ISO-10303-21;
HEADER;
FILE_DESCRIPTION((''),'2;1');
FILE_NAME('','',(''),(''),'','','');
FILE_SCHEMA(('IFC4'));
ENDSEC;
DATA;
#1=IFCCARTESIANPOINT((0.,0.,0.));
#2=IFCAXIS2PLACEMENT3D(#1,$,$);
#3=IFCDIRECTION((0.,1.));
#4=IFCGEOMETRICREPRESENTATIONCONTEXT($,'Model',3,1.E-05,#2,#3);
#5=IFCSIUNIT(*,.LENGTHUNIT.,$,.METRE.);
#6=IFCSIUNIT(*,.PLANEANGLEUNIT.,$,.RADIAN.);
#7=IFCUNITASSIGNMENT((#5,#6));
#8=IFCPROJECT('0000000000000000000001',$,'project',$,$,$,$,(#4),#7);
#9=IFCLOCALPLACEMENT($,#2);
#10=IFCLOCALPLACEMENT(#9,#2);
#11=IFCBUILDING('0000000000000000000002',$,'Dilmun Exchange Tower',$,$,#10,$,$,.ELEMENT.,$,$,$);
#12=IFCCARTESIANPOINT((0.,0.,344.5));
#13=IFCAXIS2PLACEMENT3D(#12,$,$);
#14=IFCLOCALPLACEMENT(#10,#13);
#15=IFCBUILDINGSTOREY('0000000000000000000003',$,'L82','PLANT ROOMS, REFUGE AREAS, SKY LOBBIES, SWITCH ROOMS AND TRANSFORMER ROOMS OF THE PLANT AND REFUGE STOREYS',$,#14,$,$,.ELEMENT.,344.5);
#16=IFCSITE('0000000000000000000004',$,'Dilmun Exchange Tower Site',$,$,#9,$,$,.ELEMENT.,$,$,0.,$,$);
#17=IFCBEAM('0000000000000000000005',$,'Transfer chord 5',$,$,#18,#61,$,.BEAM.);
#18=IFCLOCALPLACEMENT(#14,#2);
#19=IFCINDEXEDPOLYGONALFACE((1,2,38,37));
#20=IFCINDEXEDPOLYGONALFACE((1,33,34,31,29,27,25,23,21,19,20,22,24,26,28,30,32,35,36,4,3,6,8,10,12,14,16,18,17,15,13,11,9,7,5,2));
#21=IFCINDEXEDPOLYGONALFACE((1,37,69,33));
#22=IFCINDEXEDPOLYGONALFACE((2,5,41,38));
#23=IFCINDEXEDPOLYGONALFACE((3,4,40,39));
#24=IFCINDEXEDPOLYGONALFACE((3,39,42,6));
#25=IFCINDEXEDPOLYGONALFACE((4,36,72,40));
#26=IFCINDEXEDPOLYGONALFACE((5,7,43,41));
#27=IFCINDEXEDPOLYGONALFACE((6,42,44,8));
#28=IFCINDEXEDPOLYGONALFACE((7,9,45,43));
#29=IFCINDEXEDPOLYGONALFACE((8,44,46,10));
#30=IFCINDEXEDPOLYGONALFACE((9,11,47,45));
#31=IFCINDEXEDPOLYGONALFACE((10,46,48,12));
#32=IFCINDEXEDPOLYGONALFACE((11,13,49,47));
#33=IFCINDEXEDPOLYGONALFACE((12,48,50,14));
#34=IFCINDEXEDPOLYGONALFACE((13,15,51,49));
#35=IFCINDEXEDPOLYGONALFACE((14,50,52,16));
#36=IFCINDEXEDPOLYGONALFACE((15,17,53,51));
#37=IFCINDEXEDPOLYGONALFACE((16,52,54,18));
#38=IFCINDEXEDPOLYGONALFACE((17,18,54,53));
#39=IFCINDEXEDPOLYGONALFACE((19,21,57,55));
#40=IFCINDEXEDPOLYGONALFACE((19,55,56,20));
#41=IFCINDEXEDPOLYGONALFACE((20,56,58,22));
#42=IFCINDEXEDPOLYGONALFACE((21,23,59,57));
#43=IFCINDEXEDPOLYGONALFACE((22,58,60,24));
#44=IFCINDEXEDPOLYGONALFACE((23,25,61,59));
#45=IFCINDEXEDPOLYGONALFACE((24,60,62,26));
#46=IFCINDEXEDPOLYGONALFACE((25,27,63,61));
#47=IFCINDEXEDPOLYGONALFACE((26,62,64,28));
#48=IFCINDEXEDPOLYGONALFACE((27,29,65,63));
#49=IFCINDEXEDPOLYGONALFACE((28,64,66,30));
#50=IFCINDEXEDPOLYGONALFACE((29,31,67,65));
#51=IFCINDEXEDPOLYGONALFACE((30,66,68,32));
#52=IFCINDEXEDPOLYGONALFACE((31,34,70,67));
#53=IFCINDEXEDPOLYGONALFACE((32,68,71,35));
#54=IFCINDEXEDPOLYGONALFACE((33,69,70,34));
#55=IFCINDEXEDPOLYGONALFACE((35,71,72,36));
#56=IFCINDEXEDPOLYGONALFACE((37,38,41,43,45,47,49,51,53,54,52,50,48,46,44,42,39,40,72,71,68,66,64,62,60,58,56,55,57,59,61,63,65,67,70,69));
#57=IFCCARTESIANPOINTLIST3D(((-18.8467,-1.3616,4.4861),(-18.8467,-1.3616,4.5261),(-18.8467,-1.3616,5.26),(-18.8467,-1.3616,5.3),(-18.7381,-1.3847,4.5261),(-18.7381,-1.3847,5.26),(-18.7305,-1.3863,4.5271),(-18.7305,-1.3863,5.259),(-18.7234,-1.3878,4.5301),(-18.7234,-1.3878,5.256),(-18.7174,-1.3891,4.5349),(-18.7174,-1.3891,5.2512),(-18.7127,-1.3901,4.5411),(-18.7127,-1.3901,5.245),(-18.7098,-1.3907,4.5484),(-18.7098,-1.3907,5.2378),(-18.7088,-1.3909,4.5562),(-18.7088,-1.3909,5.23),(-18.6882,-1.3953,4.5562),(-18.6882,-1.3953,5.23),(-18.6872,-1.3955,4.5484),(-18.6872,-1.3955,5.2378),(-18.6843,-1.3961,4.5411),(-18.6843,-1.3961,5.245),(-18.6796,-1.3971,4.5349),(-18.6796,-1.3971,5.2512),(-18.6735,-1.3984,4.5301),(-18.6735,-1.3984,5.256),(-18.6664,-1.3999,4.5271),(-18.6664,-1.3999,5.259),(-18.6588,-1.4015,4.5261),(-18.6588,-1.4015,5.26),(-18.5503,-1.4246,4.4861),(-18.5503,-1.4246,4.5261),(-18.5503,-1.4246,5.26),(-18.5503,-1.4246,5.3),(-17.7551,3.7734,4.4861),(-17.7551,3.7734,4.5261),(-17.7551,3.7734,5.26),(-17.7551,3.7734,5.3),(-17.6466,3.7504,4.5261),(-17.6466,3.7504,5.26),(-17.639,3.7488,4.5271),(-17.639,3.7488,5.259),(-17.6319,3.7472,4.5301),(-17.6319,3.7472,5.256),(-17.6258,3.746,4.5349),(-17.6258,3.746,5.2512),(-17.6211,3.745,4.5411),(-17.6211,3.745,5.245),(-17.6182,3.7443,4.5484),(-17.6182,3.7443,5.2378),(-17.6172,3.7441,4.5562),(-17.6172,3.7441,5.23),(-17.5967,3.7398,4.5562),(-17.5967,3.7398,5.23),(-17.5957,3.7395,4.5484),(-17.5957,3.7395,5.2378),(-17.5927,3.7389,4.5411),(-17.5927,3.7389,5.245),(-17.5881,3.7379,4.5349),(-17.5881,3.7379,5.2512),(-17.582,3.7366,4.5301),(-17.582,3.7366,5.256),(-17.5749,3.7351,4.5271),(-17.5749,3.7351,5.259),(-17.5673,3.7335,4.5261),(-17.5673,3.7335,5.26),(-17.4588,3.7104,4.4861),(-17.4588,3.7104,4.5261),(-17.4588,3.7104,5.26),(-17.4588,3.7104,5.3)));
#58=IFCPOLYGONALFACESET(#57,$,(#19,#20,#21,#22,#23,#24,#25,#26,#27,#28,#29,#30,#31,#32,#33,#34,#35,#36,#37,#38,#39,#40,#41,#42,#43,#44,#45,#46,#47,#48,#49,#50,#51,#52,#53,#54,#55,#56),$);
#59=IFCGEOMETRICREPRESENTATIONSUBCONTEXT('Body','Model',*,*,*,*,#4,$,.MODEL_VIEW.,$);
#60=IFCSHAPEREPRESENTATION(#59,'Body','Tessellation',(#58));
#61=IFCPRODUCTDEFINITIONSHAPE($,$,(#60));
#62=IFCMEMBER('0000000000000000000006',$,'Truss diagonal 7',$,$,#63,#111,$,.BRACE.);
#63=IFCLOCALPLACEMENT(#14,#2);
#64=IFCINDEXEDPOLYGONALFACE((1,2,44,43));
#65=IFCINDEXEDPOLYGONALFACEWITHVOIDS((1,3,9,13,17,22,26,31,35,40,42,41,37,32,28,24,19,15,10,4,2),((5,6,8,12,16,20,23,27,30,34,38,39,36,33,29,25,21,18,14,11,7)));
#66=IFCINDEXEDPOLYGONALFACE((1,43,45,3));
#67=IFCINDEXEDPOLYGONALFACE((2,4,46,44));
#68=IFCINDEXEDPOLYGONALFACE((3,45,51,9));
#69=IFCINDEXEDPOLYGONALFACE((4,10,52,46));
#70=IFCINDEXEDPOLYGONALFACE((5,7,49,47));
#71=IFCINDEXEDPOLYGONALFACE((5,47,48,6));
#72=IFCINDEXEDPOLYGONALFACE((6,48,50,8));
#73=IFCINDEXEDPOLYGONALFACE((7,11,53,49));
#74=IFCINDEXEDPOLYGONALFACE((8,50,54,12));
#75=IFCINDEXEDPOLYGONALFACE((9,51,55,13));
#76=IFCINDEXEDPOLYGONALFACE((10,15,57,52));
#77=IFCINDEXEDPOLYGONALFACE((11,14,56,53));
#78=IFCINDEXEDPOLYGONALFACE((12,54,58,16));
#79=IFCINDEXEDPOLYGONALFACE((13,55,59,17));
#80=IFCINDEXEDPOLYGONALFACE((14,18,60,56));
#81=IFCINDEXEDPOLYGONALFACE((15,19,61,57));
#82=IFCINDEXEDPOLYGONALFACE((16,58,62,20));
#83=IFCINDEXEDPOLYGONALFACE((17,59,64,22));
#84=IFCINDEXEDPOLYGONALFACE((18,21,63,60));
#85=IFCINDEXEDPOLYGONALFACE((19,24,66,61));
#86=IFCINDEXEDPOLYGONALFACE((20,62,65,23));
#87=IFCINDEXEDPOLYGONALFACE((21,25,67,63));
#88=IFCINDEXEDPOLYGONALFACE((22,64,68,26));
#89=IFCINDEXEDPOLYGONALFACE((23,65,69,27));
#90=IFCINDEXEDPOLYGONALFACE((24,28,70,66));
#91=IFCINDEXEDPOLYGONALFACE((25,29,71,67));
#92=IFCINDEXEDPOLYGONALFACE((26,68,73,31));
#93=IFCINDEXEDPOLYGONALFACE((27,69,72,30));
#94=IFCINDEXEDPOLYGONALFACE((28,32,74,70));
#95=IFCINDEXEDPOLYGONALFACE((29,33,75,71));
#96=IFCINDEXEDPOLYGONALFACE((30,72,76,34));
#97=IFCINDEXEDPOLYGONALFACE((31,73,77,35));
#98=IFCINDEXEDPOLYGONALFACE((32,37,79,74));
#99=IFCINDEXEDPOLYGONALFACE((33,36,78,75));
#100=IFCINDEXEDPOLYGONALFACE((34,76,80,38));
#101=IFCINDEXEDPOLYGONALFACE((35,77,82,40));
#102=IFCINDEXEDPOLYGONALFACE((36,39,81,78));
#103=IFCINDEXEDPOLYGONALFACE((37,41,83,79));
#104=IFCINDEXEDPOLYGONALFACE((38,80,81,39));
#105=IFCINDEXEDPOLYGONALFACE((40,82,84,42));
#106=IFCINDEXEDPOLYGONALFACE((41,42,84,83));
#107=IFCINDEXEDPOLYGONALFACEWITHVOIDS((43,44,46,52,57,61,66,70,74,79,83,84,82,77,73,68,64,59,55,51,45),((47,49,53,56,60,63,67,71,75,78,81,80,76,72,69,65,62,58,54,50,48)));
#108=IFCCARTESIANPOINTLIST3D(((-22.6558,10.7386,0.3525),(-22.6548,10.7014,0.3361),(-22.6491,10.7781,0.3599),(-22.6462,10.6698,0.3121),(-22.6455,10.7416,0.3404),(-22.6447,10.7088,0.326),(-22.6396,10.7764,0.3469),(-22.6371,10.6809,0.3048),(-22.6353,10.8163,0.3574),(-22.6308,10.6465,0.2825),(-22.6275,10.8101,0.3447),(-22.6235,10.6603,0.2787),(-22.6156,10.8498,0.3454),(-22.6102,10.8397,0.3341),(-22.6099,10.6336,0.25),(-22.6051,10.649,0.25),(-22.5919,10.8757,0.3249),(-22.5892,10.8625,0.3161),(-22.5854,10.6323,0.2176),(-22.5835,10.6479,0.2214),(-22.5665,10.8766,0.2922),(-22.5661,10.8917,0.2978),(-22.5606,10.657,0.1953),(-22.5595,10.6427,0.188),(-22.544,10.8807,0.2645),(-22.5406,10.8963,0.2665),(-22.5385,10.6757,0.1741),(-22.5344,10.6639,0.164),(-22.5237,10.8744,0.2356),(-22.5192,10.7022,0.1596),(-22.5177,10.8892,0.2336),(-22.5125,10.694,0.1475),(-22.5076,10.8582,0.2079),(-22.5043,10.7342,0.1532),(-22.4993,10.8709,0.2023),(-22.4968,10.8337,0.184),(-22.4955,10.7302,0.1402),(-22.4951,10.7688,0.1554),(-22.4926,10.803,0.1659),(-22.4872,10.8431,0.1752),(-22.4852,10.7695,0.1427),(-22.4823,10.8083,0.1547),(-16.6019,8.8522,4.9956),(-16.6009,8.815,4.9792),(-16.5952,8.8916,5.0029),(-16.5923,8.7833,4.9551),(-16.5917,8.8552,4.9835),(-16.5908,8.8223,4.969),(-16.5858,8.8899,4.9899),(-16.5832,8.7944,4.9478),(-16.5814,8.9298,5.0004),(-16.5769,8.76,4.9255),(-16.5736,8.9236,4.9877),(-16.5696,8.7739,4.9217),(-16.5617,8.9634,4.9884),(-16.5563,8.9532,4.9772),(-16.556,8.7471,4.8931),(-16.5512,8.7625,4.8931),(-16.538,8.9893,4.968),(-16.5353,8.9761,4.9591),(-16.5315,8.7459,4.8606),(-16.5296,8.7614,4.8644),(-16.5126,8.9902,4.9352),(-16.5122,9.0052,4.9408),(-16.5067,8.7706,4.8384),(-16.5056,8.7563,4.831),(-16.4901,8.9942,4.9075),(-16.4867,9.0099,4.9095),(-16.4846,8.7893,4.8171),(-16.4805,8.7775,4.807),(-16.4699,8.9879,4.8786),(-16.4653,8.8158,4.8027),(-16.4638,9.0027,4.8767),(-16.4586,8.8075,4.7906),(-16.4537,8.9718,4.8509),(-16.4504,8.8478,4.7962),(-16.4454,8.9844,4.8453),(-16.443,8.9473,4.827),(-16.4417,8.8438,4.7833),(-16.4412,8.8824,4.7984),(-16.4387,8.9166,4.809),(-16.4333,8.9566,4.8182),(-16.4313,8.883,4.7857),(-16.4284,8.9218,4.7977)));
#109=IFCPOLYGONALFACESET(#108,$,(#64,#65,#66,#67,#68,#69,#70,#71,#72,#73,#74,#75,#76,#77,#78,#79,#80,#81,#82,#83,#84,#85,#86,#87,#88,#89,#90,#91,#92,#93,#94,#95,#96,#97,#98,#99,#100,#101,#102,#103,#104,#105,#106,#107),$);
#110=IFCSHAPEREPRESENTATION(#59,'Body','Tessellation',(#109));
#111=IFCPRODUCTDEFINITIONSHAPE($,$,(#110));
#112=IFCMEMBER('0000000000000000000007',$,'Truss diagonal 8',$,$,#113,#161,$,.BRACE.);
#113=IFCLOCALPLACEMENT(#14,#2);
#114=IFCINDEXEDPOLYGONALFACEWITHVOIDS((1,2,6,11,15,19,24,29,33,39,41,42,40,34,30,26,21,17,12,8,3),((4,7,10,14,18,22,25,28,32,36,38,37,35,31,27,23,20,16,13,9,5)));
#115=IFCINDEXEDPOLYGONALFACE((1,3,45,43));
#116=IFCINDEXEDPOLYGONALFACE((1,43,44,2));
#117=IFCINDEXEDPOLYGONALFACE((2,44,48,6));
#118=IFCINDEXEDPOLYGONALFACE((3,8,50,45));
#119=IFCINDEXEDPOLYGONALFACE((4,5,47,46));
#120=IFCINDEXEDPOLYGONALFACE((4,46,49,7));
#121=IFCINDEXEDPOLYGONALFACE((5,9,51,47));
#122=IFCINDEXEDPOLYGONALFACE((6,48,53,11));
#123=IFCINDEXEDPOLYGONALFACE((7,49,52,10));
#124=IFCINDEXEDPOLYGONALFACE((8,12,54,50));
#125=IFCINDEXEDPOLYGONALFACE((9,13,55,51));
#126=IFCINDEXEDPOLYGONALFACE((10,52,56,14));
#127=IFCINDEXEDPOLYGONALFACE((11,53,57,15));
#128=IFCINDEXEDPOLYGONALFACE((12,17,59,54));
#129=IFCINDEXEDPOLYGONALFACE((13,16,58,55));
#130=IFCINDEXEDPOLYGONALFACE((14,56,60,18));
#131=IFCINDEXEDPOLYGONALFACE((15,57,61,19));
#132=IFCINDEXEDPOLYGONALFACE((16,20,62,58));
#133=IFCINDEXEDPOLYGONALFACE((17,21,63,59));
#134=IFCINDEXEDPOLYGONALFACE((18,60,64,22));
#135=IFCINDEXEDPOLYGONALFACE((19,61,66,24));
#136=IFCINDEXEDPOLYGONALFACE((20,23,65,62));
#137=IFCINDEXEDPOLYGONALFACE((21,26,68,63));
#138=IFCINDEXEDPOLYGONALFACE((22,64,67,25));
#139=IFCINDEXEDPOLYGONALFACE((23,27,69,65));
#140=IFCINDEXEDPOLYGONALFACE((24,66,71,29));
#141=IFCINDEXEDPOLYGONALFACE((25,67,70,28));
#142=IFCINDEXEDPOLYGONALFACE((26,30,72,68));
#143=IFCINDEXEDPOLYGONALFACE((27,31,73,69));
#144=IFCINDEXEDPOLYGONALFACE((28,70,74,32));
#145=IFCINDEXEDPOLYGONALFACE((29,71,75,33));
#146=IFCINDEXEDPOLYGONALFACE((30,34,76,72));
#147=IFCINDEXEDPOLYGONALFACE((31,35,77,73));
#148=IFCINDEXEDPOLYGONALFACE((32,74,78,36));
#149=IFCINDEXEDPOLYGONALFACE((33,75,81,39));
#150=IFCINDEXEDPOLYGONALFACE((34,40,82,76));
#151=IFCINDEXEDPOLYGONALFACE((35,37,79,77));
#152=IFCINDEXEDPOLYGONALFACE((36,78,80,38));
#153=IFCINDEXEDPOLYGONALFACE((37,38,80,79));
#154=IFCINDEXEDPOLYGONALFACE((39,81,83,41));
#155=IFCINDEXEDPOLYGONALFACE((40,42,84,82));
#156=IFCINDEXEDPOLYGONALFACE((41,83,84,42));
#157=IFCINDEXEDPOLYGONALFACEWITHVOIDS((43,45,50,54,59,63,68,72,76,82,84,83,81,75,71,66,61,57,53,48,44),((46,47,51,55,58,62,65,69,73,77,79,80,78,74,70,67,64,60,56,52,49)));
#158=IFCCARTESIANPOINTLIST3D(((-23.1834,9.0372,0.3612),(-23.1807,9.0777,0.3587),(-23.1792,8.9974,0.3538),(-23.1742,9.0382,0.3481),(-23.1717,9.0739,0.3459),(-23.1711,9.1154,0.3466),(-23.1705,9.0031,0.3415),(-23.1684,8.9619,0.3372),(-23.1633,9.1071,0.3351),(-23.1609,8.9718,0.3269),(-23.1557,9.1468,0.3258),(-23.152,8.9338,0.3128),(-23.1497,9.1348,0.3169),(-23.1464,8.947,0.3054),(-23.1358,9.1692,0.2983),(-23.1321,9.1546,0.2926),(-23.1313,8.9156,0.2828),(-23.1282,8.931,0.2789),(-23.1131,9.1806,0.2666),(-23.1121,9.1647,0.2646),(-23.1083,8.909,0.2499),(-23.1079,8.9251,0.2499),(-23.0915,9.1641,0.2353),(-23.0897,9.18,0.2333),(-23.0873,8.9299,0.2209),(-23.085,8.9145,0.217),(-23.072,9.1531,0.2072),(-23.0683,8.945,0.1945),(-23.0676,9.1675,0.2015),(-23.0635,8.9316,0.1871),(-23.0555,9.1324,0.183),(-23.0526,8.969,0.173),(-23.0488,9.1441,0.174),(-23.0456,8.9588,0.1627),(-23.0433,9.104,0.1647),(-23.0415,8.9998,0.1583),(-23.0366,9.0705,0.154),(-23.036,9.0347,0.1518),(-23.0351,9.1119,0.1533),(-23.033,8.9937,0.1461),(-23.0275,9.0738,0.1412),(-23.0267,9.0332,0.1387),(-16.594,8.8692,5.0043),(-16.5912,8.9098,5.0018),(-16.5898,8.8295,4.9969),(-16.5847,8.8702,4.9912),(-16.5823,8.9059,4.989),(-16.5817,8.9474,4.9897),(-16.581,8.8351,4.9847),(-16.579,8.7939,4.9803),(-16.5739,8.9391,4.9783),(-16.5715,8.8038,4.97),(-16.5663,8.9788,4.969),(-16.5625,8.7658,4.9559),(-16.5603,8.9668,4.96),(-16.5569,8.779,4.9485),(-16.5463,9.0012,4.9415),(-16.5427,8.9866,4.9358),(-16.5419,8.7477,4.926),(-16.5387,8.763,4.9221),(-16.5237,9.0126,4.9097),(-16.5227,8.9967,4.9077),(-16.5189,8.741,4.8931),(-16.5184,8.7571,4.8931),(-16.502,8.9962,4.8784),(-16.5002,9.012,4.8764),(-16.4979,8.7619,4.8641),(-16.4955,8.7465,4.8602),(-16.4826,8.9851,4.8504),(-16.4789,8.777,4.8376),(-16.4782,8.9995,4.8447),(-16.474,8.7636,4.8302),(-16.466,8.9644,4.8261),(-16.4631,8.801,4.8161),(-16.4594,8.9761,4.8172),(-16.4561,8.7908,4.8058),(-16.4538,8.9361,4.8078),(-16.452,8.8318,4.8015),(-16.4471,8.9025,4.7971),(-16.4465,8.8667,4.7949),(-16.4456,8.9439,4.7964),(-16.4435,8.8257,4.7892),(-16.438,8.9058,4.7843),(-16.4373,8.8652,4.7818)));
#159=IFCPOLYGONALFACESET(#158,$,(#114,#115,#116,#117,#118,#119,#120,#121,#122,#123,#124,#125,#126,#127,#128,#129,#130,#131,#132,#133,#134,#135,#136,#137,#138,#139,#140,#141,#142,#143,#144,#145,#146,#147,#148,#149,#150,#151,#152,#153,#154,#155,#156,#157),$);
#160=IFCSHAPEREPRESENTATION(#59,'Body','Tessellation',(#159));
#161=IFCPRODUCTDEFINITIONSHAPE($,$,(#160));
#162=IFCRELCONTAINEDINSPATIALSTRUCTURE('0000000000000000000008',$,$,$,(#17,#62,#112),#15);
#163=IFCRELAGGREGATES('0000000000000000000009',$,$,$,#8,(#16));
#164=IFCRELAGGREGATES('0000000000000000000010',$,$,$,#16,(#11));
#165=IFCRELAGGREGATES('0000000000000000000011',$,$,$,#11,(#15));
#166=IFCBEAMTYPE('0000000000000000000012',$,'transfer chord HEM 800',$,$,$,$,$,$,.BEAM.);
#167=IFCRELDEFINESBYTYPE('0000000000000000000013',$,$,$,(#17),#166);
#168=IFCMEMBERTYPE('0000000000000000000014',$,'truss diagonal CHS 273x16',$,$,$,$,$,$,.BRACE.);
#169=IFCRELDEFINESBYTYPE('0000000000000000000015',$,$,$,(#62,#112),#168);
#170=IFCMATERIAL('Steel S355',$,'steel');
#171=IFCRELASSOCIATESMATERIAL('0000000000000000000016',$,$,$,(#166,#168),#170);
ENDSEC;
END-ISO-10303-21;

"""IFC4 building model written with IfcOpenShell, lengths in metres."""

from ifc_helpers import new_model, si_unit, direction, frame, origin, origin_2d, place, context, subcontext, project, spatial, hollow_circle, i_section, extrude, material, material_profile, profile_set, type_object, element, save


model = new_model("IFC4")

# Units and contexts
model_context = context("Model", 3, precision=1e-05, world=origin(), true_north=direction((0.0, 1.0)))
body_context = subcontext(model_context, "Body", "Model", "MODEL_VIEW")
ifc_project = project(units=[si_unit("LENGTHUNIT", "METRE"), si_unit("PLANEANGLEUNIT", "RADIAN")], contexts=[model_context])

# Site, building, storey
site_placement = place(None, origin())
site = spatial("IfcSite", under=ifc_project, at=site_placement, Name="Dilmun Exchange Tower Site", CompositionType="ELEMENT", RefElevation=0.0)
building_placement = place(site_placement, origin())
building = spatial("IfcBuilding", under=site, at=building_placement, Name="Dilmun Exchange Tower", CompositionType="ELEMENT")
storey_placement = place(building_placement, frame((0.0, 0.0, 344.5)))
storey = spatial("IfcBuildingStorey", under=building, at=storey_placement, Name="L82", Description="PLANT ROOMS, REFUGE AREAS, SKY LOBBIES, SWITCH ROOMS AND TRANSFORMER ROOMS OF THE PLANT AND REFUGE STOREYS", CompositionType="ELEMENT", Elevation=344.5)

# Beam
ifc_material_1 = material(Name="Steel S355", Category="steel")
ifc_material_profile_1 = material_profile(ifc_material_1, i_section(OverallWidth=0.303, OverallDepth=0.814, WebThickness=0.021, FlangeThickness=0.04, FilletRadius=0.03, at=origin_2d()), Name="HEM 800")
ifc_profile_set_1 = profile_set([ifc_material_profile_1], Name="Steel S355")
beam_type_1 = type_object("IfcBeamType", Name="transfer chord HEM 800", PredefinedType="BEAM", material=ifc_profile_set_1)
beam_1_placement = place(storey_placement, frame((-17.6069, 3.7419, 4.8931), z_axis=(-0.207925, -0.978145, 0.0), x_axis=(0.978145, -0.207925, 0.0)))
element("IfcBeam", 1, at=beam_1_placement, inside=storey, type_object=beam_type_1, Name="Transfer chord 5", PredefinedType="BEAM", context=body_context, shape_type="SweptSolid", body=[
    extrude(i_section(OverallWidth=0.303, OverallDepth=0.814, WebThickness=0.021, FlangeThickness=0.04, FilletRadius=0.03, at=origin_2d()), origin(), (0.0, 0.0, 1.0), 5.2498),
])

# Members
ifc_material_profile_2 = material_profile(ifc_material_1, hollow_circle(Radius=0.1365, WallThickness=0.0161, at=origin_2d()), Name="CHS 273x16")
ifc_profile_set_2 = profile_set([ifc_material_profile_2], Name="Steel S355")
member_type = type_object("IfcMemberType", Name="truss diagonal CHS 273x16", PredefinedType="BRACE", material=ifc_profile_set_2)
member_1_placement = place(storey_placement, frame((-16.5154, 8.8774, 4.8931), z_axis=(-0.7703, 0.240034, -0.59078), x_axis=(-0.297501, -0.954721, 0.0)))
element("IfcMember", 2, at=member_1_placement, inside=storey, type_object=member_type, Name="Truss diagonal 7", PredefinedType="BRACE", context=body_context, shape_type="SweptSolid", body=[
    extrude(hollow_circle(Radius=0.1365, WallThickness=0.0161, at=origin_2d()), origin(), (0.0, 0.0, 1.0), 7.8591),
])
member_2_placement = place(storey_placement, frame((-16.5154, 8.8774, 4.8931), z_axis=(-0.817272, 0.020833, -0.575875), x_axis=(-0.025483, -0.999675, 0.0)))
element("IfcMember", 3, at=member_2_placement, inside=storey, type_object=member_type, Name="Truss diagonal 8", PredefinedType="BRACE", context=body_context, shape_type="SweptSolid", body=[
    extrude(hollow_circle(Radius=0.1365, WallThickness=0.0161, at=origin_2d()), origin(), (0.0, 0.0, 1.0), 8.0627),
])

save(model, "model.ifc")
